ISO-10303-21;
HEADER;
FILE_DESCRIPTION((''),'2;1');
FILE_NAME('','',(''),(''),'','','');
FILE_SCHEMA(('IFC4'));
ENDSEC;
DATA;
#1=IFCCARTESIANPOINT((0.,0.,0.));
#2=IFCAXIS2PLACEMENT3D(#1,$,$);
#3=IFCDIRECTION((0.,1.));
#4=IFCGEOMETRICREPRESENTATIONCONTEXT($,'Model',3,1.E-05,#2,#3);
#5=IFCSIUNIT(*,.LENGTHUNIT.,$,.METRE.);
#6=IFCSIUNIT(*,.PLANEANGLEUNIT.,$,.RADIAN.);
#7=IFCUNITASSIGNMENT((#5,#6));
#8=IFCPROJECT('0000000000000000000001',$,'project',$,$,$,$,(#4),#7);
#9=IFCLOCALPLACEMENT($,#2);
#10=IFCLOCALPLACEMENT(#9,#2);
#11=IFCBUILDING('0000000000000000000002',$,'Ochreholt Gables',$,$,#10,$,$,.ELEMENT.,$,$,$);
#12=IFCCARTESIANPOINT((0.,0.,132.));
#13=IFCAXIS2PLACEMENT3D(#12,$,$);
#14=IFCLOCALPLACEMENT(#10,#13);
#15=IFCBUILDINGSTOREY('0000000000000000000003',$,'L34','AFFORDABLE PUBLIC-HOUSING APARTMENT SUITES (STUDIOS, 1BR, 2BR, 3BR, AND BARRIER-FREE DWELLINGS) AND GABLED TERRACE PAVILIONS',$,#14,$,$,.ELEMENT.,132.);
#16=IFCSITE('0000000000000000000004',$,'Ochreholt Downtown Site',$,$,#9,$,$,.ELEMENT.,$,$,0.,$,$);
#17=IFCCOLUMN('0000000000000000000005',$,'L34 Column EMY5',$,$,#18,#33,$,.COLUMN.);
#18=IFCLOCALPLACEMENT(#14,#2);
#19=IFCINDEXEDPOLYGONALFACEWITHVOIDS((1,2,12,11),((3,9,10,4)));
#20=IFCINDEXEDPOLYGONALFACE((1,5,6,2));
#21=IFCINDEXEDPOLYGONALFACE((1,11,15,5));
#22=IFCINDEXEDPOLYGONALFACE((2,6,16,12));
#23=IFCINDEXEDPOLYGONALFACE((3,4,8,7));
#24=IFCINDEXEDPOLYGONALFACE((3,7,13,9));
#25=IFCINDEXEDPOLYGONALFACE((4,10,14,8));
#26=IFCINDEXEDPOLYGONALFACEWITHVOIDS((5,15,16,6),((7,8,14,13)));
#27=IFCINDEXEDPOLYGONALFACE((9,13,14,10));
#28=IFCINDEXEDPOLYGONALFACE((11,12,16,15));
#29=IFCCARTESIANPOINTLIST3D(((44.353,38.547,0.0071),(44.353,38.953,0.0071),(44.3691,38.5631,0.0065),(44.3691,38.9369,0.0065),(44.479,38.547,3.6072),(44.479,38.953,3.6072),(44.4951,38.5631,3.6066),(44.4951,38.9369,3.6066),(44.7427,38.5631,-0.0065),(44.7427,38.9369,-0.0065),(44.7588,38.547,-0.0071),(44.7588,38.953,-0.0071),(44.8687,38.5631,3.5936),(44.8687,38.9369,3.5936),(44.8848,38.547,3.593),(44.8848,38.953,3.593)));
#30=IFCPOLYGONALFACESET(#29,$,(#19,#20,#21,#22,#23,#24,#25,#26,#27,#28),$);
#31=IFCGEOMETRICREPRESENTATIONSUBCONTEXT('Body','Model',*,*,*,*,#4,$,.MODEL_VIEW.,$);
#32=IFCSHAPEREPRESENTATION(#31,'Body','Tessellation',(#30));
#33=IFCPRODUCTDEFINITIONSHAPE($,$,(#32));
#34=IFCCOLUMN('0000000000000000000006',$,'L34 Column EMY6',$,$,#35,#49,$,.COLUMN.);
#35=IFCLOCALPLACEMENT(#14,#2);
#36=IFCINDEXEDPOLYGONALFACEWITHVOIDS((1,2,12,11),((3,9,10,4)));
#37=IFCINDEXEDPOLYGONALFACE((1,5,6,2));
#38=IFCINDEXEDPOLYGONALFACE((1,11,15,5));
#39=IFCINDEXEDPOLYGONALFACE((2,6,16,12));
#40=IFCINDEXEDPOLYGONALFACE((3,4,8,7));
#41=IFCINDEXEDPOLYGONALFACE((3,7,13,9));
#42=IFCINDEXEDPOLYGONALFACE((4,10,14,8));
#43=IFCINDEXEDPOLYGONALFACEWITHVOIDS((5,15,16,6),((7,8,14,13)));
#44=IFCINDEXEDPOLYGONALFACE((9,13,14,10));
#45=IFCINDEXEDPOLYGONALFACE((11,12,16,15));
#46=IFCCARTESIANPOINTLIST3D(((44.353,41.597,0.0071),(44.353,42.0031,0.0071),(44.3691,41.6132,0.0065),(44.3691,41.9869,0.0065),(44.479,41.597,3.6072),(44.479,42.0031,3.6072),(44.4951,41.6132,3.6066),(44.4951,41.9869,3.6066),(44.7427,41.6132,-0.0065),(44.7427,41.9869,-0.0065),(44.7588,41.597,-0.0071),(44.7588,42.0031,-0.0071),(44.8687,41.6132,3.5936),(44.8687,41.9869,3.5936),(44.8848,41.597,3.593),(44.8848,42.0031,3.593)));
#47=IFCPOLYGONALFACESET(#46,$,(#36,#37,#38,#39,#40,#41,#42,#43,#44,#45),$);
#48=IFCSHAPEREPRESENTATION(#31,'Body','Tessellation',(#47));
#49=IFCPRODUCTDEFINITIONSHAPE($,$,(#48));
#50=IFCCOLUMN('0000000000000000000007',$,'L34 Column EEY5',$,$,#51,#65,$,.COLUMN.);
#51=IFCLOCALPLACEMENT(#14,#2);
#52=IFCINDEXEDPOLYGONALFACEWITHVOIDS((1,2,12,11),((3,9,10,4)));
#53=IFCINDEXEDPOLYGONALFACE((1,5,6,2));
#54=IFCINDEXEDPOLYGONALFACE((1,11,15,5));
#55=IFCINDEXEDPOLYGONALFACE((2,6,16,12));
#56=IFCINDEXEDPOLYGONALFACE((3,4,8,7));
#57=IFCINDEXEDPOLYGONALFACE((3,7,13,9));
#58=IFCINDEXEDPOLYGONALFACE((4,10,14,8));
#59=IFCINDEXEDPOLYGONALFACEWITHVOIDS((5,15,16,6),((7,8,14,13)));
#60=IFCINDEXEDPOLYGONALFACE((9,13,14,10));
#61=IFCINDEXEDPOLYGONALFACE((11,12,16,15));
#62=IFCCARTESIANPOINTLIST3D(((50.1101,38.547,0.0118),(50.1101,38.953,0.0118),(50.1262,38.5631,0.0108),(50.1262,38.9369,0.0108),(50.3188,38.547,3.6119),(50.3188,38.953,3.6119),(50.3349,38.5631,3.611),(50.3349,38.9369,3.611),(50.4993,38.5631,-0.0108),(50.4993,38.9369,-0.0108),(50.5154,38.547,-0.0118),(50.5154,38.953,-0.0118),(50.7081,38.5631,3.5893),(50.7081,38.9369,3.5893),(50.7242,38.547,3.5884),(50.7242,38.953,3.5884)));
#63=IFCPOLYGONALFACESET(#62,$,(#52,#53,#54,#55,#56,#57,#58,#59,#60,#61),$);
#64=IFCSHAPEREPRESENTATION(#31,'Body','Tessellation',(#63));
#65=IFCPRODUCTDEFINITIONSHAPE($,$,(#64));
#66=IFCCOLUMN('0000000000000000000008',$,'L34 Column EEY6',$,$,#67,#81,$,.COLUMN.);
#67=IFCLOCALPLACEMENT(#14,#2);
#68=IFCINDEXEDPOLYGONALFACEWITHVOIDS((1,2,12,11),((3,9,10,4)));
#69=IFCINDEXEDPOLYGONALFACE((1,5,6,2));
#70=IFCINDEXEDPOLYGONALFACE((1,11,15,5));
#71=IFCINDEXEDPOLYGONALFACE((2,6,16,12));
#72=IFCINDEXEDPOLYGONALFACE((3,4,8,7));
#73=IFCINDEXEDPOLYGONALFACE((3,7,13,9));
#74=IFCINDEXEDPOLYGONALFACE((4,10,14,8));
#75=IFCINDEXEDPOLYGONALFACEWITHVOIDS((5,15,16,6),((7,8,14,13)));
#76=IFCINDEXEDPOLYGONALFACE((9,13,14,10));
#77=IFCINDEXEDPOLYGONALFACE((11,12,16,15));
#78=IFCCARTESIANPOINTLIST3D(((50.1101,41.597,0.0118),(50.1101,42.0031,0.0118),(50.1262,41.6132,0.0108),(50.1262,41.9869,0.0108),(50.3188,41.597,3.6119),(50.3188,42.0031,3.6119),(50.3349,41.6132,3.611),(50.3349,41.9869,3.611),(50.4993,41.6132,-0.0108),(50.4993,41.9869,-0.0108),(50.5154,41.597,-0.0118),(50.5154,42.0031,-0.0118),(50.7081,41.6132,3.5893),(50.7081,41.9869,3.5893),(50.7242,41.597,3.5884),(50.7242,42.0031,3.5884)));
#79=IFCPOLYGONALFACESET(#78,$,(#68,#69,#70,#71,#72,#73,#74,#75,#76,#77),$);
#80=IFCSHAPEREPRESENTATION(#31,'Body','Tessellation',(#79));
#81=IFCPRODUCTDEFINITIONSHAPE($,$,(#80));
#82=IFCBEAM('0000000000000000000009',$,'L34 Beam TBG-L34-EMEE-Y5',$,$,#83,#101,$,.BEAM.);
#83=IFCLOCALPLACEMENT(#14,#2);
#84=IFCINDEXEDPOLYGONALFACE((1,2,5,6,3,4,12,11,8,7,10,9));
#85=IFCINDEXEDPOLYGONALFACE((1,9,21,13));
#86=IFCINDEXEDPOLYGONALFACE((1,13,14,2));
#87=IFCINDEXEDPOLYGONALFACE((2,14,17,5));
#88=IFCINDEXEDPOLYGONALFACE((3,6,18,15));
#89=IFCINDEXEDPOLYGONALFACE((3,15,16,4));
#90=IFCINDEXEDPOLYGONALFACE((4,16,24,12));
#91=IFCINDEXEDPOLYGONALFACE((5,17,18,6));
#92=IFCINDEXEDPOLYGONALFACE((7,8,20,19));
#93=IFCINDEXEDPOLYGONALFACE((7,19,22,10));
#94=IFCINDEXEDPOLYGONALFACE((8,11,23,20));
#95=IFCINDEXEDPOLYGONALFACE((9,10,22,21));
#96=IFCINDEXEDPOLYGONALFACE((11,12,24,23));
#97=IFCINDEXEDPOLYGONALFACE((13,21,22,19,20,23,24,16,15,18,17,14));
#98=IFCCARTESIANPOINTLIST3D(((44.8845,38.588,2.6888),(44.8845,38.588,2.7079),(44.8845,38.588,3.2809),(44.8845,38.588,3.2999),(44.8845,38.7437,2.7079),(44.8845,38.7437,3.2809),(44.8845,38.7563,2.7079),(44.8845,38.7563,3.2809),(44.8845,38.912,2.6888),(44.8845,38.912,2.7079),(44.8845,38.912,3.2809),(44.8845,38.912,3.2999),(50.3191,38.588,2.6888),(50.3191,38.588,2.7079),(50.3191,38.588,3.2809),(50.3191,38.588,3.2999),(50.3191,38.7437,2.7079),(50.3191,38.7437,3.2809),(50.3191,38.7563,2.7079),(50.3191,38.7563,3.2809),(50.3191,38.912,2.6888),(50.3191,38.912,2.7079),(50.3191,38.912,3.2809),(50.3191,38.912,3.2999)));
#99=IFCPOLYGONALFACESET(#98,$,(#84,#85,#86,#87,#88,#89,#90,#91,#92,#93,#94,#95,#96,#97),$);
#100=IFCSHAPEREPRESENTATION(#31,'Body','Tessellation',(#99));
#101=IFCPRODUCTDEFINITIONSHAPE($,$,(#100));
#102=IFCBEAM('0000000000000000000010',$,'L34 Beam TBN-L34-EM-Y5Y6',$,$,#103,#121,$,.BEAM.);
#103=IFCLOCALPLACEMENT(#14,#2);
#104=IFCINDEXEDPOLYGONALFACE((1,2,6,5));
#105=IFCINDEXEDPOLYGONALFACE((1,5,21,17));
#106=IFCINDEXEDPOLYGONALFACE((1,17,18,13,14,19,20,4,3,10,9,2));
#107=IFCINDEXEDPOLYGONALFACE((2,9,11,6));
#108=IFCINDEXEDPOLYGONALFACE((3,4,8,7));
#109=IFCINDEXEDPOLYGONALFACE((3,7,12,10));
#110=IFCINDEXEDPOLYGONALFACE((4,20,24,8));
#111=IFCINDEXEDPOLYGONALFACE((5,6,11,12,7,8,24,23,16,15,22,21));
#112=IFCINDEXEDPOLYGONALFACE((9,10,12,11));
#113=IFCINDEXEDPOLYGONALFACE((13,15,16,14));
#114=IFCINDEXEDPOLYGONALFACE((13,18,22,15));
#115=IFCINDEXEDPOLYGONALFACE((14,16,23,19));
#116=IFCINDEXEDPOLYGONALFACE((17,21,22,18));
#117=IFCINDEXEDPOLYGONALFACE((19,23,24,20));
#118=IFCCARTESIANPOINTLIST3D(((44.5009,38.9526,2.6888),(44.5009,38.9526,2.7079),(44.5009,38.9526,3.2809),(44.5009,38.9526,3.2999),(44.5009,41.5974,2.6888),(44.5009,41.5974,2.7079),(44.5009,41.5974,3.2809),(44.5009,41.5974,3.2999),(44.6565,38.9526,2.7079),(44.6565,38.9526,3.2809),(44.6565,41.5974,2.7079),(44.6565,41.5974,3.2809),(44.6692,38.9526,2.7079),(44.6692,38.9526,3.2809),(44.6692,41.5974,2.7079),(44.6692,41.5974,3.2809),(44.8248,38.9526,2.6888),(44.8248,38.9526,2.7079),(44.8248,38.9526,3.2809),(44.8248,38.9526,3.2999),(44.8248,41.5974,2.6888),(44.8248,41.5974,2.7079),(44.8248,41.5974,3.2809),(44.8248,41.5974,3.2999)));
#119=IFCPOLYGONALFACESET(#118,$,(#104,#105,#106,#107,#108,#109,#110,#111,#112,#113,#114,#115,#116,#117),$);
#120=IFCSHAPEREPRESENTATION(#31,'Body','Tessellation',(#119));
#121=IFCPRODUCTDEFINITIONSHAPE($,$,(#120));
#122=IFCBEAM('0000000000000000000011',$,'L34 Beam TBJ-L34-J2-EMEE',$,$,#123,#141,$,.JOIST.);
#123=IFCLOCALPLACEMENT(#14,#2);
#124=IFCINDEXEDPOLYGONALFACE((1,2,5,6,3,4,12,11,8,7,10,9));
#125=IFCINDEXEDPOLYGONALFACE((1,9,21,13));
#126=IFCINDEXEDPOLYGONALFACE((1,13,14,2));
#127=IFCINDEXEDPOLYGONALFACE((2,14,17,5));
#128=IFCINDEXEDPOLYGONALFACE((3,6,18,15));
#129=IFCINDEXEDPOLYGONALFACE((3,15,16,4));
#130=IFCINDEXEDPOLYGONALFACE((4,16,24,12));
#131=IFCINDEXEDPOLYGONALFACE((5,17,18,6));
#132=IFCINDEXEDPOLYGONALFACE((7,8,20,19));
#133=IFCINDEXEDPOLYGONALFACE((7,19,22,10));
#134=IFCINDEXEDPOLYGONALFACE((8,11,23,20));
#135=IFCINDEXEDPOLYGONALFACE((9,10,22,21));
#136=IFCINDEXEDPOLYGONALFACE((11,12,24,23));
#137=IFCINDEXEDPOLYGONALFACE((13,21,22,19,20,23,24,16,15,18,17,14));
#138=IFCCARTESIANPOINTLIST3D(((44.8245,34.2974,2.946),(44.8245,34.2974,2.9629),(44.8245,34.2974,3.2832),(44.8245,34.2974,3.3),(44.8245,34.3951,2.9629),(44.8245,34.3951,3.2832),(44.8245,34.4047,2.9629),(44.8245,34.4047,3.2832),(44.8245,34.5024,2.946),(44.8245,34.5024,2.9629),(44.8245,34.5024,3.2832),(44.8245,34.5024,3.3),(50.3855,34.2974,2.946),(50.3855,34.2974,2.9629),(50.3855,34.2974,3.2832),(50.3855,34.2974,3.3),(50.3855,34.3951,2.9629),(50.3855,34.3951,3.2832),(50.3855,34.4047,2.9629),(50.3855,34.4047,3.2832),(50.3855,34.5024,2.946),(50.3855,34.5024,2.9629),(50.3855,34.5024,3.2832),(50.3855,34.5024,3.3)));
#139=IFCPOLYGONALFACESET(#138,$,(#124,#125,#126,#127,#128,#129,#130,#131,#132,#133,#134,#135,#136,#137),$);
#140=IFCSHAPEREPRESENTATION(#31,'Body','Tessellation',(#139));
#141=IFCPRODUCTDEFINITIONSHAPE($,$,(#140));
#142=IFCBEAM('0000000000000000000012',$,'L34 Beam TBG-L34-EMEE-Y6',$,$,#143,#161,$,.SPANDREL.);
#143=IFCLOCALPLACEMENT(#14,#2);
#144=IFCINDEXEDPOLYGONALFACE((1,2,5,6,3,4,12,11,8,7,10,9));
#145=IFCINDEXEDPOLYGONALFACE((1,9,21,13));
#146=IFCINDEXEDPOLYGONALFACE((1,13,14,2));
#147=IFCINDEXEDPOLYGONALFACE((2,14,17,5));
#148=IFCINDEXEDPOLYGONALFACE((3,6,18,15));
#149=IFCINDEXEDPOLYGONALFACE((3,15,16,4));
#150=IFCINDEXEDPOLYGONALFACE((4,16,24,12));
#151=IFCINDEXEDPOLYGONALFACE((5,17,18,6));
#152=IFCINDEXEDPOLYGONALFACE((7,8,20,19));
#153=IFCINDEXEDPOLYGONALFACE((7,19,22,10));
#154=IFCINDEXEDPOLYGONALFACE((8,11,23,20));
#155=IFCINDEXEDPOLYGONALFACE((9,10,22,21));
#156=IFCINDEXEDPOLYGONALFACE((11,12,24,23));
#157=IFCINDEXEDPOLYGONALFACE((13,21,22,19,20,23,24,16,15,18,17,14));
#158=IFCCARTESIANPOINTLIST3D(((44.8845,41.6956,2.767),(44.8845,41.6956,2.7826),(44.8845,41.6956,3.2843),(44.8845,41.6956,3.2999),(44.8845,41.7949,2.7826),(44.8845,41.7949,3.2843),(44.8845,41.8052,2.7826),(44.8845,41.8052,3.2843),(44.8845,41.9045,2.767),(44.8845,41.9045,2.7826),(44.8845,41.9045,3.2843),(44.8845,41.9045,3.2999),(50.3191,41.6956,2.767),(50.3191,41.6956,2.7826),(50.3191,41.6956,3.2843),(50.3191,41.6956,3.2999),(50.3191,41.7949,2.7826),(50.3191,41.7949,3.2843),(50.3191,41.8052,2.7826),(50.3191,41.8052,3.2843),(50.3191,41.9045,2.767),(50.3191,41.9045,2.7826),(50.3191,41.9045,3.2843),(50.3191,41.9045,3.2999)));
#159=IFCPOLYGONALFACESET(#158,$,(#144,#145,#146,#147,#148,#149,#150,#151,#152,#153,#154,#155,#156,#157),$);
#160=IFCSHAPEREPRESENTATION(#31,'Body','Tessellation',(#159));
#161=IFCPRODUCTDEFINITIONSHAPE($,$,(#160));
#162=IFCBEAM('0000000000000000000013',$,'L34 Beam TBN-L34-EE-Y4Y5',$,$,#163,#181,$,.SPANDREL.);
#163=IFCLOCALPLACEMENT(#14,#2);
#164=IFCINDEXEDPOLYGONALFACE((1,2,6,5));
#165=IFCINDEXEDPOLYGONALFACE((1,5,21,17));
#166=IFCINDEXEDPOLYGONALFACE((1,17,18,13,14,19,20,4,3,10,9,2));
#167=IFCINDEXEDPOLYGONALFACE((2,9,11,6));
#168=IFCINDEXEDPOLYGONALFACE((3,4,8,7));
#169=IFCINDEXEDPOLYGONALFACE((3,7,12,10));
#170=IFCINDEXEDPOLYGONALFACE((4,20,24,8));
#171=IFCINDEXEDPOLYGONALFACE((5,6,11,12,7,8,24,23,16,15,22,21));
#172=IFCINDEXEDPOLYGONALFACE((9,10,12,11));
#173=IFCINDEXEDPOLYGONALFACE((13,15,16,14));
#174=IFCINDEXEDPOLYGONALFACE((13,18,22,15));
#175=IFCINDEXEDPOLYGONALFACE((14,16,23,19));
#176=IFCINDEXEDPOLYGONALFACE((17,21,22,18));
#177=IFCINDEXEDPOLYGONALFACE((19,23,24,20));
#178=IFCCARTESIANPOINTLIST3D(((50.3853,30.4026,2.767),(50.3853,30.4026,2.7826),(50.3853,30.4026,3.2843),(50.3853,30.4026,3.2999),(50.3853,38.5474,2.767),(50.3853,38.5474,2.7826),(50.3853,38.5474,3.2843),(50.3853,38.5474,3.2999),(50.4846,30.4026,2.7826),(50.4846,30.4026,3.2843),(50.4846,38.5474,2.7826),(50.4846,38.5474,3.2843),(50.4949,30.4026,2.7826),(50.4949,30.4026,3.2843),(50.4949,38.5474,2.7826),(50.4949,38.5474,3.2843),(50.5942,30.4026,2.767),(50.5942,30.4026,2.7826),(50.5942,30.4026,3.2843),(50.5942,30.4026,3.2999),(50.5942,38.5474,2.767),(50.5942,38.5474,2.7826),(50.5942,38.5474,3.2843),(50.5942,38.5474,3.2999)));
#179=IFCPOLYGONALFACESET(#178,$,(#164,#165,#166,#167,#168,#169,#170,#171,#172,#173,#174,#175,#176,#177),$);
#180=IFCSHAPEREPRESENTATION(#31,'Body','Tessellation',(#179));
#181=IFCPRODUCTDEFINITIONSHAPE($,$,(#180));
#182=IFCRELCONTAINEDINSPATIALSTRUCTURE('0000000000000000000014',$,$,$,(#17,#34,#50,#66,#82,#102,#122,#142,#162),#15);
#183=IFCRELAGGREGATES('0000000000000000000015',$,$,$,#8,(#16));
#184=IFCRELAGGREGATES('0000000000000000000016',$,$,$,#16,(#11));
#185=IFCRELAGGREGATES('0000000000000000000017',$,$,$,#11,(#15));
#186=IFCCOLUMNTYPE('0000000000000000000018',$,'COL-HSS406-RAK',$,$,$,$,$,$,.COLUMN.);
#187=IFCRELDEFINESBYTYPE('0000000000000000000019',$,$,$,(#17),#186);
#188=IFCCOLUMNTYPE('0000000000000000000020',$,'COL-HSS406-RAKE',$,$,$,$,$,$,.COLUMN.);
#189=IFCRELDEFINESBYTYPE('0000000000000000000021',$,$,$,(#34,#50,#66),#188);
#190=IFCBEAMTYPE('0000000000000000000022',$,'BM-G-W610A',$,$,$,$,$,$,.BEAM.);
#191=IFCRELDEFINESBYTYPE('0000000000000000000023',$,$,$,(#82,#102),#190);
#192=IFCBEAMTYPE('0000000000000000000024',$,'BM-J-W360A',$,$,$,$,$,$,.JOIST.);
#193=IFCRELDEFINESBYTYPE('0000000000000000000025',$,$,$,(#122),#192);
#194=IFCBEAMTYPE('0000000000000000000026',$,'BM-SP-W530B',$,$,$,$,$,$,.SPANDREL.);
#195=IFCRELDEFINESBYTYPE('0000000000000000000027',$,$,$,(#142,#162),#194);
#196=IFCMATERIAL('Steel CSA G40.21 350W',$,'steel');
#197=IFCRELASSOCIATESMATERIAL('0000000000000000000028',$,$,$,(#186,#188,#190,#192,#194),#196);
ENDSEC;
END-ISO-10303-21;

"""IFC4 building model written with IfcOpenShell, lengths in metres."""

from ifc_helpers import new_model, si_unit, direction, frame, origin, origin_2d, place, context, subcontext, project, spatial, hollow_rectangle, i_section, extrude, material, material_profile, profile_set, type_object, element, save


model = new_model("IFC4")

# Units and contexts
model_context = context("Model", 3, precision=1e-05, world=origin(), true_north=direction((0.0, 1.0)))
body_context = subcontext(model_context, "Body", "Model", "MODEL_VIEW")
ifc_project = project(units=[si_unit("LENGTHUNIT", "METRE"), si_unit("PLANEANGLEUNIT", "RADIAN")], contexts=[model_context])

# Site, building, storey
site_placement = place(None, origin())
site = spatial("IfcSite", under=ifc_project, at=site_placement, Name="Ochreholt Downtown Site", CompositionType="ELEMENT", RefElevation=0.0)
building_placement = place(site_placement, origin())
building = spatial("IfcBuilding", under=site, at=building_placement, Name="Ochreholt Gables", CompositionType="ELEMENT")
storey_placement = place(building_placement, frame((0.0, 0.0, 132.0)))
storey = spatial("IfcBuildingStorey", under=building, at=storey_placement, Name="L34", Description="AFFORDABLE PUBLIC-HOUSING APARTMENT SUITES (STUDIOS, 1BR, 2BR, 3BR, AND BARRIER-FREE DWELLINGS) AND GABLED TERRACE PAVILIONS", CompositionType="ELEMENT", Elevation=132.0)

# Columns
ifc_material_1 = material(Name="Steel CSA G40.21 350W", Category="steel")
ifc_material_profile_1 = material_profile(ifc_material_1, hollow_rectangle(XDim=0.406, YDim=0.406, WallThickness=0.0161, at=origin_2d()), Name="HSS406X406X16")
ifc_profile_set_1 = profile_set([ifc_material_profile_1], Name="Steel CSA G40.21 350W")
column_type_1 = type_object("IfcColumnType", Name="COL-HSS406-RAK", PredefinedType="COLUMN", material=ifc_profile_set_1)
column_1_placement = place(storey_placement, frame((44.5559, 38.75, 0.0), z_axis=(0.034971, 0.0, 0.999388), x_axis=(0.0, 1.0, 0.0)))
element("IfcColumn", 1, at=column_1_placement, inside=storey, type_object=column_type_1, Name="L34 Column EMY5", PredefinedType="COLUMN", context=body_context, shape_type="SweptSolid", body=[
    extrude(hollow_rectangle(XDim=0.406, YDim=0.406, WallThickness=0.0161, at=origin_2d()), origin(), (0.0, 0.0, 1.0), 3.6023),
])
ifc_material_profile_2 = material_profile(ifc_material_1, hollow_rectangle(XDim=0.406, YDim=0.406, WallThickness=0.0161, at=origin_2d()), Name="HSS406X406X16")
ifc_profile_set_2 = profile_set([ifc_material_profile_2], Name="Steel CSA G40.21 350W")
column_type_2 = type_object("IfcColumnType", Name="COL-HSS406-RAKE", PredefinedType="COLUMN", material=ifc_profile_set_2)
column_2_placement = place(storey_placement, frame((44.5559, 41.8, 0.0), z_axis=(0.034971, 0.0, 0.999388), x_axis=(0.0, 1.0, 0.0)))
element("IfcColumn", 2, at=column_2_placement, inside=storey, type_object=column_type_2, Name="L34 Column EMY6", PredefinedType="COLUMN", context=body_context, shape_type="SweptSolid", body=[
    extrude(hollow_rectangle(XDim=0.406, YDim=0.406, WallThickness=0.0161, at=origin_2d()), origin(), (0.0, 0.0, 1.0), 3.6023),
])
for number, where, z_axis, x_axis, name in (
    (3, (50.3127, 38.75, 0.0), (0.057885, 0.0, 0.998323), (0.0, 1.0, 0.0), "L34 Column EEY5"),
    (4, (50.3127, 41.8, 0.0), (0.057885, 0.0, 0.998323), (0.0, 1.0, 0.0), "L34 Column EEY6"),
):
    element("IfcColumn", number, at=place(storey_placement, frame(where, z_axis=z_axis, x_axis=x_axis)), inside=storey, type_object=column_type_2, Name=name, PredefinedType="COLUMN", context=body_context, shape_type="SweptSolid", body=[
        extrude(hollow_rectangle(XDim=0.406, YDim=0.406, WallThickness=0.0161, at=origin_2d()), origin(), (0.0, 0.0, 1.0), 3.6062),
    ])

# Beams
ifc_material_profile_3 = material_profile(ifc_material_1, i_section(OverallWidth=0.324, OverallDepth=0.6111, WebThickness=0.0127, FlangeThickness=0.019, at=origin_2d()), Name="W610X155")
ifc_profile_set_3 = profile_set([ifc_material_profile_3], Name="Steel CSA G40.21 350W")
beam_type_1 = type_object("IfcBeamType", Name="BM-G-W610A", PredefinedType="BEAM", material=ifc_profile_set_3)
beam_1_placement = place(storey_placement, frame((44.8845, 38.75, 2.9944), z_axis=(1.0, 0.0, 0.0), x_axis=(0.0, 1.0, 0.0)))
element("IfcBeam", 5, at=beam_1_placement, inside=storey, type_object=beam_type_1, Name="L34 Beam TBG-L34-EMEE-Y5", PredefinedType="BEAM", context=body_context, shape_type="SweptSolid", body=[
    extrude(i_section(OverallWidth=0.324, OverallDepth=0.6111, WebThickness=0.0127, FlangeThickness=0.019, at=origin_2d()), origin(), (0.0, 0.0, 1.0), 5.4346),
])
beam_2_placement = place(storey_placement, frame((44.6628, 38.9526, 2.9944), z_axis=(0.0, 1.0, 0.0), x_axis=(-1.0, 0.0, 0.0)))
element("IfcBeam", 6, at=beam_2_placement, inside=storey, type_object=beam_type_1, Name="L34 Beam TBN-L34-EM-Y5Y6", PredefinedType="BEAM", context=body_context, shape_type="SweptSolid", body=[
    extrude(i_section(OverallWidth=0.324, OverallDepth=0.6111, WebThickness=0.0127, FlangeThickness=0.019, at=origin_2d()), origin(), (0.0, 0.0, 1.0), 2.6448),
])
ifc_material_profile_4 = material_profile(ifc_material_1, i_section(OverallWidth=0.2051, OverallDepth=0.354, WebThickness=0.0095, FlangeThickness=0.0168, at=origin_2d()), Name="W360X79")
ifc_profile_set_4 = profile_set([ifc_material_profile_4], Name="Steel CSA G40.21 350W")
beam_type_2 = type_object("IfcBeamType", Name="BM-J-W360A", PredefinedType="JOIST", material=ifc_profile_set_4)
beam_3_placement = place(storey_placement, frame((44.8245, 34.3999, 3.123), z_axis=(1.0, 0.0, 0.0), x_axis=(0.0, 1.0, 0.0)))
element("IfcBeam", 7, at=beam_3_placement, inside=storey, type_object=beam_type_2, Name="L34 Beam TBJ-L34-J2-EMEE", PredefinedType="JOIST", context=body_context, shape_type="SweptSolid", body=[
    extrude(i_section(OverallWidth=0.2051, OverallDepth=0.354, WebThickness=0.0095, FlangeThickness=0.0168, at=origin_2d()), origin(), (0.0, 0.0, 1.0), 5.561),
])
ifc_material_profile_5 = material_profile(ifc_material_1, i_section(OverallWidth=0.209, OverallDepth=0.533, WebThickness=0.0103, FlangeThickness=0.0156, at=origin_2d()), Name="W530X92")
ifc_profile_set_5 = profile_set([ifc_material_profile_5], Name="Steel CSA G40.21 350W")
beam_type_3 = type_object("IfcBeamType", Name="BM-SP-W530B", PredefinedType="SPANDREL", material=ifc_profile_set_5)
beam_4_placement = place(storey_placement, frame((44.8845, 41.8, 3.0334), z_axis=(1.0, 0.0, 0.0), x_axis=(0.0, 1.0, 0.0)))
element("IfcBeam", 8, at=beam_4_placement, inside=storey, type_object=beam_type_3, Name="L34 Beam TBG-L34-EMEE-Y6", PredefinedType="SPANDREL", context=body_context, shape_type="SweptSolid", body=[
    extrude(i_section(OverallWidth=0.209, OverallDepth=0.533, WebThickness=0.0103, FlangeThickness=0.0156, at=origin_2d()), origin(), (0.0, 0.0, 1.0), 5.4346),
])
beam_5_placement = place(storey_placement, frame((50.4897, 30.4026, 3.0334), z_axis=(0.0, 1.0, 0.0), x_axis=(-1.0, 0.0, 0.0)))
element("IfcBeam", 9, at=beam_5_placement, inside=storey, type_object=beam_type_3, Name="L34 Beam TBN-L34-EE-Y4Y5", PredefinedType="SPANDREL", context=body_context, shape_type="SweptSolid", body=[
    extrude(i_section(OverallWidth=0.209, OverallDepth=0.533, WebThickness=0.0103, FlangeThickness=0.0156, at=origin_2d()), origin(), (0.0, 0.0, 1.0), 8.1448),
])

save(model, "model.ifc")
